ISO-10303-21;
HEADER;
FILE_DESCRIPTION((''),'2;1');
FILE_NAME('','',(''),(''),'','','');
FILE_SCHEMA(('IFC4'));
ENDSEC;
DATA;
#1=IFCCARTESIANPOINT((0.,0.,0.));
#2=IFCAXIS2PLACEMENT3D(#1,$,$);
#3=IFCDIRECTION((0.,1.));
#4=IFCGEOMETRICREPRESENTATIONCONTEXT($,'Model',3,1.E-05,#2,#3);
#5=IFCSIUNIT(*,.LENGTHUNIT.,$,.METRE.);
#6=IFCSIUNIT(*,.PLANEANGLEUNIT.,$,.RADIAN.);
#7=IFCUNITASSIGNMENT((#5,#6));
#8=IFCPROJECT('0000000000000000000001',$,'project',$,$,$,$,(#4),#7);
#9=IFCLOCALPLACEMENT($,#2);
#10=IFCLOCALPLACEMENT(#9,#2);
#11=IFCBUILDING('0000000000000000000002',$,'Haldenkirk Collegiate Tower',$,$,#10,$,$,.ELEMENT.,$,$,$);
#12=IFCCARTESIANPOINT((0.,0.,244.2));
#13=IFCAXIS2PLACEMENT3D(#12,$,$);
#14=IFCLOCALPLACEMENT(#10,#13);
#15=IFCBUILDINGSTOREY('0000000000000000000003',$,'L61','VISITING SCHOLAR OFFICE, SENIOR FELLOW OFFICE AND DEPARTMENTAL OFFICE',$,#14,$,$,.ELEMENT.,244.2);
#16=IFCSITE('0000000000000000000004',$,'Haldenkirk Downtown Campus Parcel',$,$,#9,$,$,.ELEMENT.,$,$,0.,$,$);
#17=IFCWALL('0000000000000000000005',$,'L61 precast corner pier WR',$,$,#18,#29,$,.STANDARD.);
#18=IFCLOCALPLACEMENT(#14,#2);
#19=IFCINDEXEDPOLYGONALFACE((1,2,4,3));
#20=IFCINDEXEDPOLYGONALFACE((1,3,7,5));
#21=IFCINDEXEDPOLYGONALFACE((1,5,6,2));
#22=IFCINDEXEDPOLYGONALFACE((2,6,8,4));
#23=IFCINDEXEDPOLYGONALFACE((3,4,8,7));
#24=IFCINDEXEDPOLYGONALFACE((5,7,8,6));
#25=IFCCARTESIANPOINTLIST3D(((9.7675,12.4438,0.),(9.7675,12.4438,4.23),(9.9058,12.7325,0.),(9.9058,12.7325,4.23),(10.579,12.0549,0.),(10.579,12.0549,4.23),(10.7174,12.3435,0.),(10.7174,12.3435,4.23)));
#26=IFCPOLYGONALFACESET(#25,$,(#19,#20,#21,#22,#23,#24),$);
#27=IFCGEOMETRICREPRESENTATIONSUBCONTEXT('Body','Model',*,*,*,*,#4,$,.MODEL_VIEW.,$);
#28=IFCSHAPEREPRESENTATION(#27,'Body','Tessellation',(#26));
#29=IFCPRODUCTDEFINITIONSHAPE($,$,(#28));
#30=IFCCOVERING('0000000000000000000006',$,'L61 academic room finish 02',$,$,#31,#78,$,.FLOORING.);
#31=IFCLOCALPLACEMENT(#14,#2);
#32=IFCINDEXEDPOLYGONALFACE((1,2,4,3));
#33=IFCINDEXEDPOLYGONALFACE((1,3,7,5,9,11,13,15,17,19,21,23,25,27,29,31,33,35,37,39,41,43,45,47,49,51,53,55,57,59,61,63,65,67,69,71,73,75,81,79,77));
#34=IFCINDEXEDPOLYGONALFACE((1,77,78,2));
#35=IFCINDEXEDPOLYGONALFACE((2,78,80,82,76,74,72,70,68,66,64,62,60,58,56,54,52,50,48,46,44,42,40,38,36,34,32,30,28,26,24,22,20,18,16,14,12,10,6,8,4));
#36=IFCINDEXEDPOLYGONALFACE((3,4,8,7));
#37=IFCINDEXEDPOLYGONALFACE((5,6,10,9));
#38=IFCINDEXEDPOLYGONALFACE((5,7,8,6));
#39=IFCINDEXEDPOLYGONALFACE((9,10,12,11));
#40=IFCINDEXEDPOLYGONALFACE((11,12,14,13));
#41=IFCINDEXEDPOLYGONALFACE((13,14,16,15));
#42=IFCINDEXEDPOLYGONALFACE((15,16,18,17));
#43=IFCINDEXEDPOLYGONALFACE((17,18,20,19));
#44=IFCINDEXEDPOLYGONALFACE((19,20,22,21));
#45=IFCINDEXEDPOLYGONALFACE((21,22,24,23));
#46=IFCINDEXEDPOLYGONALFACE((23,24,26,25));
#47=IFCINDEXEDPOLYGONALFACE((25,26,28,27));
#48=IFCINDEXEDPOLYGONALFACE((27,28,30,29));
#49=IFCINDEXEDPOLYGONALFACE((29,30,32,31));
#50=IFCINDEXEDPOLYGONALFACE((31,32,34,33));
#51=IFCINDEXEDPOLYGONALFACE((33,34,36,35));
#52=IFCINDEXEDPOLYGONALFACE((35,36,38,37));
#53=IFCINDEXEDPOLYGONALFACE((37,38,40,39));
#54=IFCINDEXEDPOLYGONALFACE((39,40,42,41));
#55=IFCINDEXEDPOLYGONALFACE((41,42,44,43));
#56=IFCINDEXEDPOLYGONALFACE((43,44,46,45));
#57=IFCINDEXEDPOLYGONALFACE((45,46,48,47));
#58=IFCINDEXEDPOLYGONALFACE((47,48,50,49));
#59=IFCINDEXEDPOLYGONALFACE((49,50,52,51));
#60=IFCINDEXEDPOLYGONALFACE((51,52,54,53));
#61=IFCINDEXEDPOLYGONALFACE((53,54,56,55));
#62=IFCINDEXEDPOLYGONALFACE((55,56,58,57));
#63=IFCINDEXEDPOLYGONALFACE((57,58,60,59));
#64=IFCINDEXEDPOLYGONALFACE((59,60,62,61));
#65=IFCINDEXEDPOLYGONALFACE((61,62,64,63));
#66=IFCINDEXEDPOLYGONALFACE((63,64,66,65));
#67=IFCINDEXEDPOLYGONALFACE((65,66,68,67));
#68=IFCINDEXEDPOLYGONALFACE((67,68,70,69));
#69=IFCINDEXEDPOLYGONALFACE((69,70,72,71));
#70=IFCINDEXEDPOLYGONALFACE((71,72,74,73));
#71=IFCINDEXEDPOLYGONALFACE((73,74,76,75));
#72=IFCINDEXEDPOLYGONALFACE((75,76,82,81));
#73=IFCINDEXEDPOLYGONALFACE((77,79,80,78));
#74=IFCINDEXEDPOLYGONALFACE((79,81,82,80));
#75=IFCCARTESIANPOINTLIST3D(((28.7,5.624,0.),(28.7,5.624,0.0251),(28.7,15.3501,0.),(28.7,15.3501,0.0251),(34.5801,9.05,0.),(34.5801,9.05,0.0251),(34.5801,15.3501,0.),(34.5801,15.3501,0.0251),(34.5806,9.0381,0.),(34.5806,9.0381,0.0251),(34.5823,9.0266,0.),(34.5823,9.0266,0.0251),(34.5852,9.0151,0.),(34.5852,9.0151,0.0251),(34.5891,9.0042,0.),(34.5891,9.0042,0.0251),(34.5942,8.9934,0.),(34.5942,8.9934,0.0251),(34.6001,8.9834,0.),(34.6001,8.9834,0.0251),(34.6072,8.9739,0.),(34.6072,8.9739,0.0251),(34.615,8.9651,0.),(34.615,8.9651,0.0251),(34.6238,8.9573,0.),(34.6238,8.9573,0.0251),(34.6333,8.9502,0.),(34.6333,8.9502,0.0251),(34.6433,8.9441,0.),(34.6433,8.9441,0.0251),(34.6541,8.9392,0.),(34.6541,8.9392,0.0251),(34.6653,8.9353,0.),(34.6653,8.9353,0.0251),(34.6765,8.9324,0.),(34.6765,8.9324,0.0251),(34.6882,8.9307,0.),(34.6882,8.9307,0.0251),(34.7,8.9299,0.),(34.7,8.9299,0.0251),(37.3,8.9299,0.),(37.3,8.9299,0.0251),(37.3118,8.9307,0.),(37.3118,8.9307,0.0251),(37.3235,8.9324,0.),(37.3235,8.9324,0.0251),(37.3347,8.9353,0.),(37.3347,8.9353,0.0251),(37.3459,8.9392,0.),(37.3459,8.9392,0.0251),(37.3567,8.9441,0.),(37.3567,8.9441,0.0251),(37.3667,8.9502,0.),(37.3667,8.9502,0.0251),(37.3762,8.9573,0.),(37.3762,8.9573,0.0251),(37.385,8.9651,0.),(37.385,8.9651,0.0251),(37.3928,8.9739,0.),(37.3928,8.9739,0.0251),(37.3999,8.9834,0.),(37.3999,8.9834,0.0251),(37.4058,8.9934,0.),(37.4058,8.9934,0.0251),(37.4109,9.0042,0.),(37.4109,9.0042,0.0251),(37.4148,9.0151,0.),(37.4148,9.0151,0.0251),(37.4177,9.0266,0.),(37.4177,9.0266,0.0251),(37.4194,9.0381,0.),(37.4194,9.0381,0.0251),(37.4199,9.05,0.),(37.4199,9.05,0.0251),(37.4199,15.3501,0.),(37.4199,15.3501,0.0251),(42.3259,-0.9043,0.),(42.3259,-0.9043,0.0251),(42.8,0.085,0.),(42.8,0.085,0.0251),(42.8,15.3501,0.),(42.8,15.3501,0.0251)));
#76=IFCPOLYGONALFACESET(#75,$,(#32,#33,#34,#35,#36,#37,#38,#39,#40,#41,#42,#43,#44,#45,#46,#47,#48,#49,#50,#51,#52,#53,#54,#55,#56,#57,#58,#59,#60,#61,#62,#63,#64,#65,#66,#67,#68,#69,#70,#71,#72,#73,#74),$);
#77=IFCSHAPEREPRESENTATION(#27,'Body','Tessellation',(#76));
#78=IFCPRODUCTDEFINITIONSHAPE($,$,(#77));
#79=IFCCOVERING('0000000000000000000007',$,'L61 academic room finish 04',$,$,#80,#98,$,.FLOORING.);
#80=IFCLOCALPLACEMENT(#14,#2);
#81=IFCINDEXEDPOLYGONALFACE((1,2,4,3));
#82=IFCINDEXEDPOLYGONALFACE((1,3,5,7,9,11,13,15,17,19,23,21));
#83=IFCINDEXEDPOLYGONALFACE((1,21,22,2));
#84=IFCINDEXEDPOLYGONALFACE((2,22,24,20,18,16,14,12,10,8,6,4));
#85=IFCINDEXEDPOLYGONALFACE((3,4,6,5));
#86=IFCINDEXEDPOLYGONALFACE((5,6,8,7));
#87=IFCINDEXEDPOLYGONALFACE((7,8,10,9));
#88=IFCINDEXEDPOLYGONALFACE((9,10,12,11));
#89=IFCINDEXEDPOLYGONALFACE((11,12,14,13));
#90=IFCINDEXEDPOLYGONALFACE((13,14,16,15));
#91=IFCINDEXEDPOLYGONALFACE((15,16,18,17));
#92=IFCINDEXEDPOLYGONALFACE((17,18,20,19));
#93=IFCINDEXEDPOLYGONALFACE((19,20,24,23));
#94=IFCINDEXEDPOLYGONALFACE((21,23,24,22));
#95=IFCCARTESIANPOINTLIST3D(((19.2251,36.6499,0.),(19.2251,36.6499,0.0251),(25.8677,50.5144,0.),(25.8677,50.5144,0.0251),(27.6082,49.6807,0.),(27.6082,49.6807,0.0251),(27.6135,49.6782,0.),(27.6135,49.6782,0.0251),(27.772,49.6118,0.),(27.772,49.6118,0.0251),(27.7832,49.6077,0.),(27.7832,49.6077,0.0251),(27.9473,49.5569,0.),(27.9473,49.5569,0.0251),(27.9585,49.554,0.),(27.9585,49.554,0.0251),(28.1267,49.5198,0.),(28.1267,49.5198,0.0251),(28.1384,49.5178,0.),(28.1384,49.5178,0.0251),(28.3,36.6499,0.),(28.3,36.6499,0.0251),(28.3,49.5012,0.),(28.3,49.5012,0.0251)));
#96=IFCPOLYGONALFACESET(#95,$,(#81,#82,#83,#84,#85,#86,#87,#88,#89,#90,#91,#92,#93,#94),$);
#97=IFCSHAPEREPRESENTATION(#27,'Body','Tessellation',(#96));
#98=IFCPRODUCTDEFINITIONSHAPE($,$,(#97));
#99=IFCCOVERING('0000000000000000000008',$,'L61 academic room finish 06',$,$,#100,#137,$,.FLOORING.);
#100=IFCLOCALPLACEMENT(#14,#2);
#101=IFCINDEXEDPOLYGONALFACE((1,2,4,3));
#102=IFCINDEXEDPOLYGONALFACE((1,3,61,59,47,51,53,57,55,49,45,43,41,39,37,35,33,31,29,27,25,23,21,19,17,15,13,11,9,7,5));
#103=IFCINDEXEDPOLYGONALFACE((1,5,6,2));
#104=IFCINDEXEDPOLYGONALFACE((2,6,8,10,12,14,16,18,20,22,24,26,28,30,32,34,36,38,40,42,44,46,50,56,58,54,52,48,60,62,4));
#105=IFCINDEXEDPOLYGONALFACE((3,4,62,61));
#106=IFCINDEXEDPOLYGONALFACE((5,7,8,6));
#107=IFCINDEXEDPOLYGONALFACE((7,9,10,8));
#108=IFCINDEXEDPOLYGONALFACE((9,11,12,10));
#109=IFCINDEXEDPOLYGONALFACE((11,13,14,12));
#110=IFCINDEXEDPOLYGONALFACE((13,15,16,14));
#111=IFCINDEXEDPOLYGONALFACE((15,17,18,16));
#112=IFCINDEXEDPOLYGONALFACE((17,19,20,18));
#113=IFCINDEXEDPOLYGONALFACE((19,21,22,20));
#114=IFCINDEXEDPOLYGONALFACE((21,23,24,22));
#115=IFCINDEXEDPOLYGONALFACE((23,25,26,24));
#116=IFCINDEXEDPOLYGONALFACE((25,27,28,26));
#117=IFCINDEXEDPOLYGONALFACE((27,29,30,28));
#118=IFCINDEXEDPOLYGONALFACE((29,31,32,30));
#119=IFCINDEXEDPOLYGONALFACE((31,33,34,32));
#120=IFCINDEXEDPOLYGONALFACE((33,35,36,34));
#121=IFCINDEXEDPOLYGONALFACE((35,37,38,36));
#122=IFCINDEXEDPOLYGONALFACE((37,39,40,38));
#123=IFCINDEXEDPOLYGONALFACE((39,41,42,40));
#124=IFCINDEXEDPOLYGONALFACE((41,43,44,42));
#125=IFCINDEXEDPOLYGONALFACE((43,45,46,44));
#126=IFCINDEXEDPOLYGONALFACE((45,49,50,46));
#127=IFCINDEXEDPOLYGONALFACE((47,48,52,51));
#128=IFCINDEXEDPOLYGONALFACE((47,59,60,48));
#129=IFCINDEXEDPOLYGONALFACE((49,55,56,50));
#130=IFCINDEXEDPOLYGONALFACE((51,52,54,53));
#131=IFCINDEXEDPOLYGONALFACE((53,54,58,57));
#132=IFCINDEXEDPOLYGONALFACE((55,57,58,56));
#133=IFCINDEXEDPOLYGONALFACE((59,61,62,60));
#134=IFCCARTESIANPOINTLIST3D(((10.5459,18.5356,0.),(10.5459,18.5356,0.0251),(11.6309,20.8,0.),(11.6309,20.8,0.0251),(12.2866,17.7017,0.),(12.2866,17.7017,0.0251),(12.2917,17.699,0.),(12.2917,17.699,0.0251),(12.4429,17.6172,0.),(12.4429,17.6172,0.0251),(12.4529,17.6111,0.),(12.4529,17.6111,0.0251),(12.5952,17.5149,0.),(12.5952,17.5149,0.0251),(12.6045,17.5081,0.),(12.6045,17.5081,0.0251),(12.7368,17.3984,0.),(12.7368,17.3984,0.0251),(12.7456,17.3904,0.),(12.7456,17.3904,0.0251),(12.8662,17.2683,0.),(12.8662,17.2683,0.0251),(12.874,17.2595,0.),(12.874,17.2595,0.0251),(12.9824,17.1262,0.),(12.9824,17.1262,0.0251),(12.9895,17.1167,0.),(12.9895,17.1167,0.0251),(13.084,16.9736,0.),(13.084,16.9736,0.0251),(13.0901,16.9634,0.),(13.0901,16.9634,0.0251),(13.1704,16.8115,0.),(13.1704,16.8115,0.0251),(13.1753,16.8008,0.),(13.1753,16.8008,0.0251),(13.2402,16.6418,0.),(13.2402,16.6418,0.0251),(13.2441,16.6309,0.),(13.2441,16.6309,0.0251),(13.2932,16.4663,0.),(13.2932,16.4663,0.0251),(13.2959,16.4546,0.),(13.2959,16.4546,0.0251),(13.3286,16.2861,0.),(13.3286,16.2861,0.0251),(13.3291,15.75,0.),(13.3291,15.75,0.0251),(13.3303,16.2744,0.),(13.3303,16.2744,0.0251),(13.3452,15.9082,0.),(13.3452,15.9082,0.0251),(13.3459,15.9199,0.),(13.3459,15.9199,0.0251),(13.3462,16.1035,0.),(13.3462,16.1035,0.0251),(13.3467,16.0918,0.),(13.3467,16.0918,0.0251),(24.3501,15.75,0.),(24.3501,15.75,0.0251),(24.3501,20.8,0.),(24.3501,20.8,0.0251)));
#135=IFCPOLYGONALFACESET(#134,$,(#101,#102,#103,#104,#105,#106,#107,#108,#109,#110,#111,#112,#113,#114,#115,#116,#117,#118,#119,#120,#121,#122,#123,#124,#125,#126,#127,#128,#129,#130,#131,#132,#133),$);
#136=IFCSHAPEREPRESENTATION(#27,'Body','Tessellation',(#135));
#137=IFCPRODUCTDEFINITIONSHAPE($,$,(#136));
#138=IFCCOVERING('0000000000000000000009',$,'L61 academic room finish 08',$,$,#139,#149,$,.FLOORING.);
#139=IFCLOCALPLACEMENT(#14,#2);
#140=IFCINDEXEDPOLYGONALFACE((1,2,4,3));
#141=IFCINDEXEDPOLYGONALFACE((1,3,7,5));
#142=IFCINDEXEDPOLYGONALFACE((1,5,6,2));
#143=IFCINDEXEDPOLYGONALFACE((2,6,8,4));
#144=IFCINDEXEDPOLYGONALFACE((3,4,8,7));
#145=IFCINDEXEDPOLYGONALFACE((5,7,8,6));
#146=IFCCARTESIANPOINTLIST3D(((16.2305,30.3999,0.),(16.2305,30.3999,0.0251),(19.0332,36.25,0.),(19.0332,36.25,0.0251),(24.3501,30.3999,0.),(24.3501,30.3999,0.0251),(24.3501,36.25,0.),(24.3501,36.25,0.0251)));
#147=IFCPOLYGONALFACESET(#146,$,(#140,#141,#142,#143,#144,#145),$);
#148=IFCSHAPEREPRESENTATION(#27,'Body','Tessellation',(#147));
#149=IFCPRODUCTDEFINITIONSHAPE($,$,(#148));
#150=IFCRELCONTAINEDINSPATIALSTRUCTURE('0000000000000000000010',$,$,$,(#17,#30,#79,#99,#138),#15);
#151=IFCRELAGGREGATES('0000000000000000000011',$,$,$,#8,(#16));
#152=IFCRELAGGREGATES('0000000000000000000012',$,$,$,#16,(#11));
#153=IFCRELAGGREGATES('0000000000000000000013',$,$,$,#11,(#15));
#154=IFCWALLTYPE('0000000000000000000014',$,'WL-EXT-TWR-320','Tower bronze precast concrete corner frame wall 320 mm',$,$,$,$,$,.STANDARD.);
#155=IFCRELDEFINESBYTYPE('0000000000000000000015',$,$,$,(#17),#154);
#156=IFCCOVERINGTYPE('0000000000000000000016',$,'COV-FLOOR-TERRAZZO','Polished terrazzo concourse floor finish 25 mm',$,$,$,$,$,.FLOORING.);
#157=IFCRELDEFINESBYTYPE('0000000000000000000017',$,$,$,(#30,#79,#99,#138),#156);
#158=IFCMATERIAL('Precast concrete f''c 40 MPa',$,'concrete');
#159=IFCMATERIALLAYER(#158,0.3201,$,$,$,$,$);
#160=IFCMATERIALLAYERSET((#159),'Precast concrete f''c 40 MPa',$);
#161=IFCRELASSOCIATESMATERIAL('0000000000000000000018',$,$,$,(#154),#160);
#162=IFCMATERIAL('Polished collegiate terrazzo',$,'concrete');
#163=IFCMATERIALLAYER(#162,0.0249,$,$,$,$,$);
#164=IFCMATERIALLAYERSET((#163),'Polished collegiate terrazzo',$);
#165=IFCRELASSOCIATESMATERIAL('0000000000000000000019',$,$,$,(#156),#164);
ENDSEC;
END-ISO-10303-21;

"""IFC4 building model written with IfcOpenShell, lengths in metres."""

from ifc_helpers import new_model, si_unit, direction, frame, frame_2d, origin, place, context, subcontext, project, spatial, polyline, rectangle, outline, extrude, material, layer, layer_set, type_object, element, save


model = new_model("IFC4")

# Units and contexts
model_context = context("Model", 3, precision=1e-05, world=origin(), true_north=direction((0.0, 1.0)))
body_context = subcontext(model_context, "Body", "Model", "MODEL_VIEW")
ifc_project = project(units=[si_unit("LENGTHUNIT", "METRE"), si_unit("PLANEANGLEUNIT", "RADIAN")], contexts=[model_context])

# Site, building, storey
site_placement = place(None, origin())
site = spatial("IfcSite", under=ifc_project, at=site_placement, Name="Haldenkirk Downtown Campus Parcel", CompositionType="ELEMENT", RefElevation=0.0)
building_placement = place(site_placement, origin())
building = spatial("IfcBuilding", under=site, at=building_placement, Name="Haldenkirk Collegiate Tower", CompositionType="ELEMENT")
storey_placement = place(building_placement, frame((0.0, 0.0, 244.2)))
storey = spatial("IfcBuildingStorey", under=building, at=storey_placement, Name="L61", Description="VISITING SCHOLAR OFFICE, SENIOR FELLOW OFFICE AND DEPARTMENTAL OFFICE", CompositionType="ELEMENT", Elevation=244.2)

# Wall
ifc_material_1 = material(Name="Precast concrete f'c 40 MPa", Category="concrete")
ifc_layer_1 = layer(ifc_material_1, 0.3201)
ifc_layer_set_1 = layer_set([ifc_layer_1], Name="Precast concrete f'c 40 MPa")
wall_type = type_object("IfcWallType", Name="WL-EXT-TWR-320", Description="Tower bronze precast concrete corner frame wall 320 mm", PredefinedType="STANDARD", material=ifc_layer_set_1)
wall_placement = place(storey_placement, frame((10.6482, 12.1992, 0.0), z_axis=(0.0, 0.0, 1.0), x_axis=(-0.90179, 0.432175, 0.0)))
element("IfcWall", 1, at=wall_placement, inside=storey, type_object=wall_type, Name="L61 precast corner pier WR", PredefinedType="STANDARD", context=body_context, shape_type="SweptSolid", body=[
    extrude(rectangle(XDim=0.8999, YDim=0.3201, at=frame_2d((0.45, 0.0))), origin(), (0.0, 0.0, 1.0), 4.23),
])

# Coverings
ifc_material_2 = material(Name="Polished collegiate terrazzo", Category="concrete")
ifc_layer_2 = layer(ifc_material_2, 0.0249)
ifc_layer_set_2 = layer_set([ifc_layer_2], Name="Polished collegiate terrazzo")
covering_type_1 = type_object("IfcCoveringType", Name="COV-FLOOR-TERRAZZO", Description="Polished terrazzo concourse floor finish 25 mm", PredefinedType="FLOORING", material=ifc_layer_set_2)
covering_1_placement = place(storey_placement, origin())
element("IfcCovering", 2, at=covering_1_placement, inside=storey, type_object=covering_type_1, Name="L61 academic room finish 02", PredefinedType="FLOORING", context=body_context, shape_type="SweptSolid", body=[
    extrude(outline(polyline([(42.3259, -0.9043), (28.7, 5.624), (28.7, 15.3501), (34.5801, 15.3501), (34.5801, 9.05), (34.5806, 9.0381), (34.5823, 9.0266), (34.5852, 9.0151), (34.5891, 9.0042), (34.5942, 8.9934), (34.6001, 8.9834), (34.6072, 8.9739), (34.615, 8.9651), (34.6238, 8.9573), (34.6333, 8.9502), (34.6433, 8.9441), (34.6541, 8.9392), (34.6653, 8.9353), (34.6765, 8.9324), (34.6882, 8.9307), (34.7, 8.9299), (37.3, 8.9299), (37.3118, 8.9307), (37.3235, 8.9324), (37.3347, 8.9353), (37.3459, 8.9392), (37.3567, 8.9441), (37.3667, 8.9502), (37.3762, 8.9573), (37.385, 8.9651), (37.3928, 8.9739), (37.3999, 8.9834), (37.4058, 8.9934), (37.4109, 9.0042), (37.4148, 9.0151), (37.4177, 9.0266), (37.4194, 9.0381), (37.4199, 9.05), (37.4199, 15.3501), (42.8, 15.3501), (42.8, 0.085), (42.3259, -0.9043)])), origin(), (0.0, 0.0, 1.0), 0.0251),
])
covering_2_placement = place(storey_placement, origin())
element("IfcCovering", 3, at=covering_2_placement, inside=storey, type_object=covering_type_1, Name="L61 academic room finish 04", PredefinedType="FLOORING", context=body_context, shape_type="SweptSolid", body=[
    extrude(outline(polyline([(27.6082, 49.6807), (27.6135, 49.6782), (27.772, 49.6118), (27.7832, 49.6077), (27.9473, 49.5569), (27.9585, 49.554), (28.1267, 49.5198), (28.1384, 49.5178), (28.3, 49.5012), (28.3, 36.6499), (19.2251, 36.6499), (25.8677, 50.5144), (27.6082, 49.6807)])), origin(), (0.0, 0.0, 1.0), 0.0251),
])
covering_3_placement = place(storey_placement, origin())
element("IfcCovering", 4, at=covering_3_placement, inside=storey, type_object=covering_type_1, Name="L61 academic room finish 06", PredefinedType="FLOORING", context=body_context, shape_type="SweptSolid", body=[
    extrude(outline(polyline([(13.3291, 15.75), (13.3452, 15.9082), (13.3459, 15.9199), (13.3467, 16.0918), (13.3462, 16.1035), (13.3303, 16.2744), (13.3286, 16.2861), (13.2959, 16.4546), (13.2932, 16.4663), (13.2441, 16.6309), (13.2402, 16.6418), (13.1753, 16.8008), (13.1704, 16.8115), (13.0901, 16.9634), (13.084, 16.9736), (12.9895, 17.1167), (12.9824, 17.1262), (12.874, 17.2595), (12.8662, 17.2683), (12.7456, 17.3904), (12.7368, 17.3984), (12.6045, 17.5081), (12.5952, 17.5149), (12.4529, 17.6111), (12.4429, 17.6172), (12.2917, 17.699), (12.2866, 17.7017), (10.5459, 18.5356), (11.6309, 20.8), (24.3501, 20.8), (24.3501, 15.75), (13.3291, 15.75)])), origin(), (0.0, 0.0, 1.0), 0.0251),
])
covering_4_placement = place(storey_placement, origin())
element("IfcCovering", 5, at=covering_4_placement, inside=storey, type_object=covering_type_1, Name="L61 academic room finish 08", PredefinedType="FLOORING", context=body_context, shape_type="SweptSolid", body=[
    extrude(outline(polyline([(19.0332, 36.25), (24.3501, 36.25), (24.3501, 30.3999), (16.2305, 30.3999), (19.0332, 36.25)])), origin(), (0.0, 0.0, 1.0), 0.0251),
])

save(model, "model.ifc")
